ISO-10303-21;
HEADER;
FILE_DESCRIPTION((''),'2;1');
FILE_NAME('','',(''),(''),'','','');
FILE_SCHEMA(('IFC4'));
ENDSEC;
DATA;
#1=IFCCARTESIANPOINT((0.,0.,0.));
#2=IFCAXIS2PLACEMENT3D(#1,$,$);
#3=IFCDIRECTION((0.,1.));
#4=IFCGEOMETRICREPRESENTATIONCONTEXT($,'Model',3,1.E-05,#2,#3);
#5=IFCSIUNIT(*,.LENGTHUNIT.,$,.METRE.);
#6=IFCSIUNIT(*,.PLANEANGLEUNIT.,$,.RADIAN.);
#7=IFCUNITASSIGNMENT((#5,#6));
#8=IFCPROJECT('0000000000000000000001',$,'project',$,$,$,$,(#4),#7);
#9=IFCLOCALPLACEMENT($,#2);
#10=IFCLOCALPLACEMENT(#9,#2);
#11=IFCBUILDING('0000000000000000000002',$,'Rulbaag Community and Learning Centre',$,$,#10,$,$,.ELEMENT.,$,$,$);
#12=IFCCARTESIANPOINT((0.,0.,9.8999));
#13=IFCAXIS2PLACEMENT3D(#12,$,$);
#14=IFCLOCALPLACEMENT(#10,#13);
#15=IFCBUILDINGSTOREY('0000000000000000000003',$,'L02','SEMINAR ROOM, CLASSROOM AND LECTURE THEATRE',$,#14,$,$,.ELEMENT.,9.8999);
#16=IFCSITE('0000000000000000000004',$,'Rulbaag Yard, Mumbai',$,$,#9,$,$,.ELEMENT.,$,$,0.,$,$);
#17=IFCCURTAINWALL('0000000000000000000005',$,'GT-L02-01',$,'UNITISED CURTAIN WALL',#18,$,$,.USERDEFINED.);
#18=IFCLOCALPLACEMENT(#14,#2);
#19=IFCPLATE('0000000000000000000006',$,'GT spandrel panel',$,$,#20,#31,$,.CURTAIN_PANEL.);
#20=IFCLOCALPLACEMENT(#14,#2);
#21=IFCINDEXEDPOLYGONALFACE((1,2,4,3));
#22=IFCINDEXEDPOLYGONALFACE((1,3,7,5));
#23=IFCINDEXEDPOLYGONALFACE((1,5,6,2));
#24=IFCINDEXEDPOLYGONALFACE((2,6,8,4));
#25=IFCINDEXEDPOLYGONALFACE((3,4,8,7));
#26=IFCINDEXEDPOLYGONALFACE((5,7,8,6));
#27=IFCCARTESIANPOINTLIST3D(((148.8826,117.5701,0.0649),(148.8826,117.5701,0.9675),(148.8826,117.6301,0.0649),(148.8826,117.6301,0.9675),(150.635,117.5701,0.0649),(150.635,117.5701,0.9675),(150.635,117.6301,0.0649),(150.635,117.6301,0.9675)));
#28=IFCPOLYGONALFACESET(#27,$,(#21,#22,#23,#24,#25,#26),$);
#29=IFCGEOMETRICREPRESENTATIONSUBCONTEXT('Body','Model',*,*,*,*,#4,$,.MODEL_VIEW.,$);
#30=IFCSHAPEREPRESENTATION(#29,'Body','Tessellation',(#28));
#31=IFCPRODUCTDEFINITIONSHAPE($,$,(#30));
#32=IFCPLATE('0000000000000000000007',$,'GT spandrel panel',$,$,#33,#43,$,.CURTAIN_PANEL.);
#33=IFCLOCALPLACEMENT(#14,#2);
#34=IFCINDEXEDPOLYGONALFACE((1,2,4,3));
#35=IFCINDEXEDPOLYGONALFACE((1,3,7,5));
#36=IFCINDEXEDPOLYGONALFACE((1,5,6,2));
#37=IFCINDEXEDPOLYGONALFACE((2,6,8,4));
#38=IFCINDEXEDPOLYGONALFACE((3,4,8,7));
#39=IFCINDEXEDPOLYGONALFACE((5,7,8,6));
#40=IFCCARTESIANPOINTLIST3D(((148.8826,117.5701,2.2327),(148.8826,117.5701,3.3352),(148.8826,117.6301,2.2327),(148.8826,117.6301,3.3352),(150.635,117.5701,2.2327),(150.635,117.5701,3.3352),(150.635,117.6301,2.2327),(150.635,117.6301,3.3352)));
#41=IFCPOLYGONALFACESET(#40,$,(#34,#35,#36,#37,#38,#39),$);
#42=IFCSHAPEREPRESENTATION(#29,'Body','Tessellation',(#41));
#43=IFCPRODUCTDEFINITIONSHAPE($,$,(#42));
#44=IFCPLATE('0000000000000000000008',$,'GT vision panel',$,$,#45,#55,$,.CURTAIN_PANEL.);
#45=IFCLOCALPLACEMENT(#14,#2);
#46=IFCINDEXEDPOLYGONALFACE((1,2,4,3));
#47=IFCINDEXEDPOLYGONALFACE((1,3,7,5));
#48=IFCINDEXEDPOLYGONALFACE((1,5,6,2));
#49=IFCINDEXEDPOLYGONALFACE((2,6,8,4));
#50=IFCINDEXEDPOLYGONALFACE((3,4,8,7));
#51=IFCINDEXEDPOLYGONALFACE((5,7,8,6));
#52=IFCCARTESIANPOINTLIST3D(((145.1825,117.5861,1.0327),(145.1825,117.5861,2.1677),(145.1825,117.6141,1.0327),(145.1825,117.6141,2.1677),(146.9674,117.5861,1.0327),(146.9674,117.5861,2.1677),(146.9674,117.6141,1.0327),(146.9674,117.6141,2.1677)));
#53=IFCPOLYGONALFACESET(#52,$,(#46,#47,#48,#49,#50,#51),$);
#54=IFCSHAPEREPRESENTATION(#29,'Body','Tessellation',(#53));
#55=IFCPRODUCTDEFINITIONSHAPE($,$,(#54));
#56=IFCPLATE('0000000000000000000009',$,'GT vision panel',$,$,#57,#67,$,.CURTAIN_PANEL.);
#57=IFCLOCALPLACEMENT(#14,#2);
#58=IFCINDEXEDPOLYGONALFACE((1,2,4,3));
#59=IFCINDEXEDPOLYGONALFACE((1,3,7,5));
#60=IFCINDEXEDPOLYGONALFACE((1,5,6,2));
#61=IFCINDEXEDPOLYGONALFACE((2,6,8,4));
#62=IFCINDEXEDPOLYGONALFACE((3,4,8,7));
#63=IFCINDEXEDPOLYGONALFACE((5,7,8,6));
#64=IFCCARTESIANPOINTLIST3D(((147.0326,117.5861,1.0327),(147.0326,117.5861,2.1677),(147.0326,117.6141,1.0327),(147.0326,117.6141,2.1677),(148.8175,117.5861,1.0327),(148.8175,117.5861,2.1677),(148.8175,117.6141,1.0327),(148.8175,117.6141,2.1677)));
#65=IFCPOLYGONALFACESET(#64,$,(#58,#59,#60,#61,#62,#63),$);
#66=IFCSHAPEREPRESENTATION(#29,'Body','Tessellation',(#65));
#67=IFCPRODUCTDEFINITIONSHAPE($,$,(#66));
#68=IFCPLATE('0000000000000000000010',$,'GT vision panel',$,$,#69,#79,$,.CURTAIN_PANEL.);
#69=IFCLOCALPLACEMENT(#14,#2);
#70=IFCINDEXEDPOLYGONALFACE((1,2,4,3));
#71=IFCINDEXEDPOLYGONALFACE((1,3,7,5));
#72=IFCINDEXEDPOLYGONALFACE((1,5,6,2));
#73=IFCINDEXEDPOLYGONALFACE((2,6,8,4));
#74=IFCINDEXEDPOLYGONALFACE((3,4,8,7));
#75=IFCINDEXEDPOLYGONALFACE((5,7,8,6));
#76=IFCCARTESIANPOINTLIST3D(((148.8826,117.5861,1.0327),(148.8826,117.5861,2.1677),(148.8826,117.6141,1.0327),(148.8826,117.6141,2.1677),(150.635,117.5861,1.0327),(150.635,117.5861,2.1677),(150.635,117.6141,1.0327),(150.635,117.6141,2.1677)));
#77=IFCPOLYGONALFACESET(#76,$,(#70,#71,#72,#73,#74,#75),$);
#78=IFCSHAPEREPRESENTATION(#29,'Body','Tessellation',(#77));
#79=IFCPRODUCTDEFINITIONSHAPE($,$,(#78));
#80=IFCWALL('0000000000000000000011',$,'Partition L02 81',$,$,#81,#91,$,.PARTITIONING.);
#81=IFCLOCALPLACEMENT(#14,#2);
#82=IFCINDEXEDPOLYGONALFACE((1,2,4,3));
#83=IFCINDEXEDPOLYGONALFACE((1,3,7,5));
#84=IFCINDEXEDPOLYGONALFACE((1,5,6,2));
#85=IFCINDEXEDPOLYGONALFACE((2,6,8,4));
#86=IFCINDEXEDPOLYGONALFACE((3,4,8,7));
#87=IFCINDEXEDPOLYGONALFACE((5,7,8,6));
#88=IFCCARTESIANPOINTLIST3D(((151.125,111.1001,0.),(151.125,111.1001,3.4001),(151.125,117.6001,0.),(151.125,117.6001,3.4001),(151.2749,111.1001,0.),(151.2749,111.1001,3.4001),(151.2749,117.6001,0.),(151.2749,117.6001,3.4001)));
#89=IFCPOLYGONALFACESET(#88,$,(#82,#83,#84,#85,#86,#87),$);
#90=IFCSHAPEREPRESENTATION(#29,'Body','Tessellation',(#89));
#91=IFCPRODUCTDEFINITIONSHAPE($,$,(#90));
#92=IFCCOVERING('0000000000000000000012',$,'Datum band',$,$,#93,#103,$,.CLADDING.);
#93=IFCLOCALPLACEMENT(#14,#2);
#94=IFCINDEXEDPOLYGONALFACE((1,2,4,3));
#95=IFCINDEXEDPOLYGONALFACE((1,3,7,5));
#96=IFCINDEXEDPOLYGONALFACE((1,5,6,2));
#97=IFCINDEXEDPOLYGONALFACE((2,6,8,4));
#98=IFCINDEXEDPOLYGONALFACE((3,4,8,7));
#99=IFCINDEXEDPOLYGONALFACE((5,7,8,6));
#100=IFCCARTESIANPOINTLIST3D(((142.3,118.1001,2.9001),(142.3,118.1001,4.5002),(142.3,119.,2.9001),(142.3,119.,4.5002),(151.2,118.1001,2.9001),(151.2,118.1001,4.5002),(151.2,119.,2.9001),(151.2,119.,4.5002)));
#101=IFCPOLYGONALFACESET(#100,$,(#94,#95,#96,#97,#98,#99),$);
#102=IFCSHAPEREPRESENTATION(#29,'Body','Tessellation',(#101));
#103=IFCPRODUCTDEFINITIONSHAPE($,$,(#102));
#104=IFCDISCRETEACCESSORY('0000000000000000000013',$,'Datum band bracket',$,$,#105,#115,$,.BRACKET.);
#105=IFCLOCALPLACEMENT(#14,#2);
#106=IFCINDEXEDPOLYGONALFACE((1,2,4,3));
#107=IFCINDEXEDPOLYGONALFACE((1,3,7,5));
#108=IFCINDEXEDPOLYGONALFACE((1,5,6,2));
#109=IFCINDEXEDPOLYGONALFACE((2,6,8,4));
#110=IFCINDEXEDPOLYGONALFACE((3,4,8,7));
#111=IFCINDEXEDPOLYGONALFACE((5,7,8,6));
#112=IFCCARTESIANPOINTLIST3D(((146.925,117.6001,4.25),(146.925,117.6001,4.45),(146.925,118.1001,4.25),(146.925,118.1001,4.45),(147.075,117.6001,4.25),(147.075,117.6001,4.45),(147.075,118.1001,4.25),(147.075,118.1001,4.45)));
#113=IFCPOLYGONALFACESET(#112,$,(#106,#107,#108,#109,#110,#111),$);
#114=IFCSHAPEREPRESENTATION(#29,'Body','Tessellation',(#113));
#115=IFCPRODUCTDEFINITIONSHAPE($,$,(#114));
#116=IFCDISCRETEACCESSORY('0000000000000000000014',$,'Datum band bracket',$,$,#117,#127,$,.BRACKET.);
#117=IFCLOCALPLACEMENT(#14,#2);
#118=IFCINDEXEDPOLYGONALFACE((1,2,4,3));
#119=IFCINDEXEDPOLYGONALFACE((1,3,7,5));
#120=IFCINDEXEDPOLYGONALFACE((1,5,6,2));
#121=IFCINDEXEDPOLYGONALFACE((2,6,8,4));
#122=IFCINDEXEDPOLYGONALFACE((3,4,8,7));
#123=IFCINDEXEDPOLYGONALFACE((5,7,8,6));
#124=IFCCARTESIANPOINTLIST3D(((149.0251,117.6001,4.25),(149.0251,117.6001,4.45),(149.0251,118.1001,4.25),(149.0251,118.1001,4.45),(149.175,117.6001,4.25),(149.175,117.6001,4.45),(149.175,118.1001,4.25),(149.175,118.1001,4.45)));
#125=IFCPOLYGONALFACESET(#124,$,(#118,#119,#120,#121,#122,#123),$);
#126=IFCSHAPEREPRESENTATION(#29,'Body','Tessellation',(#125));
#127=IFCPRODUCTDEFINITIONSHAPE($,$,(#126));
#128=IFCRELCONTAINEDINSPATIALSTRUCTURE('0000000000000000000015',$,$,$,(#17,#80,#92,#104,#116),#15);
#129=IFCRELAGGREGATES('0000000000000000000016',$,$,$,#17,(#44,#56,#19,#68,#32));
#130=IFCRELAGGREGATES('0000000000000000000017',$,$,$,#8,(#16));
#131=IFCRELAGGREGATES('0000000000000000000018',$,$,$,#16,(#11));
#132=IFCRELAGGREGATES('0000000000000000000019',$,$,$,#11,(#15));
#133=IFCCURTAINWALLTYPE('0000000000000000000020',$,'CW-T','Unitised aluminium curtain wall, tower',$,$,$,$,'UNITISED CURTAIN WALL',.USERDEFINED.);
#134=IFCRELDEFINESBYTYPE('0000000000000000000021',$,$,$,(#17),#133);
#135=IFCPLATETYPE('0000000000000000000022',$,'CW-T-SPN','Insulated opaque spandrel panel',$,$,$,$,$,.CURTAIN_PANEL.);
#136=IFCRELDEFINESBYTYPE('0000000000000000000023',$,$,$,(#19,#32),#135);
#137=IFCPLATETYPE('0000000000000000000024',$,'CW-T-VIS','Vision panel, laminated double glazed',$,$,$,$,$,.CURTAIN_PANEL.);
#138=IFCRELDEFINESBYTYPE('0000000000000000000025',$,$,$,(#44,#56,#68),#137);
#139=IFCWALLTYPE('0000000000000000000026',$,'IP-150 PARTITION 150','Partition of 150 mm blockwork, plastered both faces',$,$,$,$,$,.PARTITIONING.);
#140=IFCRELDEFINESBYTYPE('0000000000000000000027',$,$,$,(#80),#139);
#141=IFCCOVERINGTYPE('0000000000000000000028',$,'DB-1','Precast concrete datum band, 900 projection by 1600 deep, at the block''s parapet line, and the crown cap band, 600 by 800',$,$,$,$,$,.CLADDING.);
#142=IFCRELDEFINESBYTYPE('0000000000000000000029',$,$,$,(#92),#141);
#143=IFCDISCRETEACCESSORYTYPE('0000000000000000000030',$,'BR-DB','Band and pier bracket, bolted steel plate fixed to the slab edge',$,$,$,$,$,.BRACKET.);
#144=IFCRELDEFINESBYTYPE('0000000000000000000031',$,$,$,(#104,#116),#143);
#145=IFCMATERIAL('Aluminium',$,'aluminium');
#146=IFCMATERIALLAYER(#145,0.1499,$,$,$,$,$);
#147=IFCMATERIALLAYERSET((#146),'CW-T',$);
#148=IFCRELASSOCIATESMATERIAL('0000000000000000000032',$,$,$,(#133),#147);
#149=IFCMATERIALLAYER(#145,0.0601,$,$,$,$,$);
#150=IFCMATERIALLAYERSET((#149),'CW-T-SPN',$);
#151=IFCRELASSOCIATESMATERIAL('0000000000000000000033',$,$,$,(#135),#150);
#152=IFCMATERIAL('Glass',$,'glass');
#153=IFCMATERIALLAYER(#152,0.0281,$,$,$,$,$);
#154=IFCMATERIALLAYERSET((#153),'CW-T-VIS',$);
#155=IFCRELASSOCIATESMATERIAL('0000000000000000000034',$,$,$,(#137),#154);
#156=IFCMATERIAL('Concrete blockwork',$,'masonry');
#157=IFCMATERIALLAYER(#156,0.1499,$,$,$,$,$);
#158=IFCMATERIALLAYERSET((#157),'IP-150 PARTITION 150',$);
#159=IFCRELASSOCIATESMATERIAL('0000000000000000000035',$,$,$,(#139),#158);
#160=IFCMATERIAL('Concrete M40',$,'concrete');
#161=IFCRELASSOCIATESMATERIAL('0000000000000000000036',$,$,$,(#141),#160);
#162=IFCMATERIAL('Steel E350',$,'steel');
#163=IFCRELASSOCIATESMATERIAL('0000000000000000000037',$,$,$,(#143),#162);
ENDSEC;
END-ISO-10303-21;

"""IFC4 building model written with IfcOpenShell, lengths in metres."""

from ifc_helpers import new_model, si_unit, direction, frame, frame_2d, origin, origin_2d, place, context, subcontext, project, spatial, rectangle, extrude, material, layer, layer_set, type_object, element, aggregate, save


model = new_model("IFC4")

# Units and contexts
model_context = context("Model", 3, precision=1e-05, world=origin(), true_north=direction((0.0, 1.0)))
body_context = subcontext(model_context, "Body", "Model", "MODEL_VIEW")
ifc_project = project(units=[si_unit("LENGTHUNIT", "METRE"), si_unit("PLANEANGLEUNIT", "RADIAN")], contexts=[model_context])

# Site, building, storey
site_placement = place(None, origin())
site = spatial("IfcSite", under=ifc_project, at=site_placement, Name="Rulbaag Yard, Mumbai", CompositionType="ELEMENT", RefElevation=0.0)
building_placement = place(site_placement, origin())
building = spatial("IfcBuilding", under=site, at=building_placement, Name="Rulbaag Community and Learning Centre", CompositionType="ELEMENT")
storey_placement = place(building_placement, frame((0.0, 0.0, 9.8999)))
storey = spatial("IfcBuildingStorey", under=building, at=storey_placement, Name="L02", Description="SEMINAR ROOM, CLASSROOM AND LECTURE THEATRE", CompositionType="ELEMENT", Elevation=9.8999)

# Curtain wall, plates
ifc_material_1 = material(Name="Aluminium", Category="aluminium")
ifc_layer_1 = layer(ifc_material_1, 0.1499)
ifc_layer_set_1 = layer_set([ifc_layer_1], Name="CW-T")
curtain_wall_type = type_object("IfcCurtainWallType", Name="CW-T", Description="Unitised aluminium curtain wall, tower", ElementType="UNITISED CURTAIN WALL", PredefinedType="USERDEFINED", material=ifc_layer_set_1)
curtain_wall_placement = place(storey_placement, origin())
curtain_wall = element("IfcCurtainWall", 1, at=curtain_wall_placement, inside=storey, type_object=curtain_wall_type, Name="GT-L02-01", ObjectType="UNITISED CURTAIN WALL", PredefinedType="USERDEFINED")
ifc_layer_2 = layer(ifc_material_1, 0.0601)
ifc_layer_set_2 = layer_set([ifc_layer_2], Name="CW-T-SPN")
plate_type_1 = type_object("IfcPlateType", Name="CW-T-SPN", Description="Insulated opaque spandrel panel", PredefinedType="CURTAIN_PANEL", material=ifc_layer_set_2)
plate_1_placement = place(storey_placement, frame((149.7588, 117.6001, 0.0649), z_axis=(0.0, 0.0, 1.0), x_axis=(1.0, 0.0, 0.0)))
plate_1 = element("IfcPlate", 2, at=plate_1_placement, type_object=plate_type_1, Name="GT spandrel panel", PredefinedType="CURTAIN_PANEL", context=body_context, shape_type="SweptSolid", body=[
    extrude(rectangle(XDim=1.7524, YDim=0.0601, at=origin_2d()), origin(), (0.0, 0.0, 1.0), 0.9026),
])
plate_2_placement = place(storey_placement, frame((149.7588, 117.6001, 2.2327), z_axis=(0.0, 0.0, 1.0), x_axis=(1.0, 0.0, 0.0)))
plate_2 = element("IfcPlate", 3, at=plate_2_placement, type_object=plate_type_1, Name="GT spandrel panel", PredefinedType="CURTAIN_PANEL", context=body_context, shape_type="SweptSolid", body=[
    extrude(rectangle(XDim=1.7524, YDim=0.0601, at=origin_2d()), origin(), (0.0, 0.0, 1.0), 1.1025),
])
ifc_material_2 = material(Name="Glass", Category="glass")
ifc_layer_3 = layer(ifc_material_2, 0.0281)
ifc_layer_set_3 = layer_set([ifc_layer_3], Name="CW-T-VIS")
plate_type_2 = type_object("IfcPlateType", Name="CW-T-VIS", Description="Vision panel, laminated double glazed", PredefinedType="CURTAIN_PANEL", material=ifc_layer_set_3)
plate_3_placement = place(storey_placement, frame((146.075, 117.6001, 1.0327), z_axis=(0.0, 0.0, 1.0), x_axis=(1.0, 0.0, 0.0)))
plate_3 = element("IfcPlate", 4, at=plate_3_placement, type_object=plate_type_2, Name="GT vision panel", PredefinedType="CURTAIN_PANEL", context=body_context, shape_type="SweptSolid", body=[
    extrude(rectangle(XDim=1.7849, YDim=0.0281, at=origin_2d()), origin(), (0.0, 0.0, 1.0), 1.135),
])
plate_4_placement = place(storey_placement, frame((147.925, 117.6001, 1.0327), z_axis=(0.0, 0.0, 1.0), x_axis=(1.0, 0.0, 0.0)))
plate_4 = element("IfcPlate", 5, at=plate_4_placement, type_object=plate_type_2, Name="GT vision panel", PredefinedType="CURTAIN_PANEL", context=body_context, shape_type="SweptSolid", body=[
    extrude(rectangle(XDim=1.7849, YDim=0.0281, at=origin_2d()), origin(), (0.0, 0.0, 1.0), 1.135),
])
plate_5_placement = place(storey_placement, frame((149.7588, 117.6001, 1.0327), z_axis=(0.0, 0.0, 1.0), x_axis=(1.0, 0.0, 0.0)))
plate_5 = element("IfcPlate", 6, at=plate_5_placement, type_object=plate_type_2, Name="GT vision panel", PredefinedType="CURTAIN_PANEL", context=body_context, shape_type="SweptSolid", body=[
    extrude(rectangle(XDim=1.7524, YDim=0.0281, at=origin_2d()), origin(), (0.0, 0.0, 1.0), 1.135),
])
aggregate(curtain_wall, [plate_3, plate_4, plate_1, plate_5, plate_2])

# Wall
ifc_material_3 = material(Name="Concrete blockwork", Category="masonry")
ifc_layer_4 = layer(ifc_material_3, 0.1499)
ifc_layer_set_4 = layer_set([ifc_layer_4], Name="IP-150 PARTITION 150")
wall_type = type_object("IfcWallType", Name="IP-150 PARTITION 150", Description="Partition of 150 mm blockwork, plastered both faces", PredefinedType="PARTITIONING", material=ifc_layer_set_4)
wall_placement = place(storey_placement, frame((151.2, 111.1001, 0.0), z_axis=(0.0, 0.0, 1.0), x_axis=(0.0, 1.0, 0.0)))
element("IfcWall", 7, at=wall_placement, inside=storey, type_object=wall_type, Name="Partition L02 81", PredefinedType="PARTITIONING", context=body_context, shape_type="SweptSolid", body=[
    extrude(rectangle(XDim=6.5, YDim=0.1499, at=frame_2d((3.25, 0.0))), origin(), (0.0, 0.0, 1.0), 3.4001),
])

# Covering
ifc_material_4 = material(Name="Concrete M40", Category="concrete")
covering_type = type_object("IfcCoveringType", Name="DB-1", Description="Precast concrete datum band, 900 projection by 1600 deep, at the block's parapet line, and the crown cap band, 600 by 800", PredefinedType="CLADDING", material=ifc_material_4)
covering_placement = place(storey_placement, frame((146.75, 118.55, 2.9001), z_axis=(0.0, 0.0, 1.0), x_axis=(1.0, 0.0, 0.0)))
element("IfcCovering", 8, at=covering_placement, inside=storey, type_object=covering_type, Name="Datum band", PredefinedType="CLADDING", context=body_context, shape_type="SweptSolid", body=[
    extrude(rectangle(XDim=8.8999, YDim=0.8999, at=origin_2d()), origin(), (0.0, 0.0, 1.0), 1.6001),
])

# Discrete accessories
ifc_material_5 = material(Name="Steel E350", Category="steel")
discrete_accessory_type = type_object("IfcDiscreteAccessoryType", Name="BR-DB", Description="Band and pier bracket, bolted steel plate fixed to the slab edge", PredefinedType="BRACKET", material=ifc_material_5)
for number, where, z_axis, x_axis, name in (
    (9, (147.0, 117.8501, 4.25), (0.0, 0.0, 1.0), (1.0, 0.0, 0.0), "Datum band bracket"),
    (10, (149.1001, 117.8501, 4.25), (0.0, 0.0, 1.0), (1.0, 0.0, 0.0), "Datum band bracket"),
):
    element("IfcDiscreteAccessory", number, at=place(storey_placement, frame(where, z_axis=z_axis, x_axis=x_axis)), inside=storey, type_object=discrete_accessory_type, Name=name, PredefinedType="BRACKET", context=body_context, shape_type="SweptSolid", body=[
        extrude(rectangle(XDim=0.1499, YDim=0.5, at=origin_2d()), origin(), (0.0, 0.0, 1.0), 0.2),
    ])

save(model, "model.ifc")
